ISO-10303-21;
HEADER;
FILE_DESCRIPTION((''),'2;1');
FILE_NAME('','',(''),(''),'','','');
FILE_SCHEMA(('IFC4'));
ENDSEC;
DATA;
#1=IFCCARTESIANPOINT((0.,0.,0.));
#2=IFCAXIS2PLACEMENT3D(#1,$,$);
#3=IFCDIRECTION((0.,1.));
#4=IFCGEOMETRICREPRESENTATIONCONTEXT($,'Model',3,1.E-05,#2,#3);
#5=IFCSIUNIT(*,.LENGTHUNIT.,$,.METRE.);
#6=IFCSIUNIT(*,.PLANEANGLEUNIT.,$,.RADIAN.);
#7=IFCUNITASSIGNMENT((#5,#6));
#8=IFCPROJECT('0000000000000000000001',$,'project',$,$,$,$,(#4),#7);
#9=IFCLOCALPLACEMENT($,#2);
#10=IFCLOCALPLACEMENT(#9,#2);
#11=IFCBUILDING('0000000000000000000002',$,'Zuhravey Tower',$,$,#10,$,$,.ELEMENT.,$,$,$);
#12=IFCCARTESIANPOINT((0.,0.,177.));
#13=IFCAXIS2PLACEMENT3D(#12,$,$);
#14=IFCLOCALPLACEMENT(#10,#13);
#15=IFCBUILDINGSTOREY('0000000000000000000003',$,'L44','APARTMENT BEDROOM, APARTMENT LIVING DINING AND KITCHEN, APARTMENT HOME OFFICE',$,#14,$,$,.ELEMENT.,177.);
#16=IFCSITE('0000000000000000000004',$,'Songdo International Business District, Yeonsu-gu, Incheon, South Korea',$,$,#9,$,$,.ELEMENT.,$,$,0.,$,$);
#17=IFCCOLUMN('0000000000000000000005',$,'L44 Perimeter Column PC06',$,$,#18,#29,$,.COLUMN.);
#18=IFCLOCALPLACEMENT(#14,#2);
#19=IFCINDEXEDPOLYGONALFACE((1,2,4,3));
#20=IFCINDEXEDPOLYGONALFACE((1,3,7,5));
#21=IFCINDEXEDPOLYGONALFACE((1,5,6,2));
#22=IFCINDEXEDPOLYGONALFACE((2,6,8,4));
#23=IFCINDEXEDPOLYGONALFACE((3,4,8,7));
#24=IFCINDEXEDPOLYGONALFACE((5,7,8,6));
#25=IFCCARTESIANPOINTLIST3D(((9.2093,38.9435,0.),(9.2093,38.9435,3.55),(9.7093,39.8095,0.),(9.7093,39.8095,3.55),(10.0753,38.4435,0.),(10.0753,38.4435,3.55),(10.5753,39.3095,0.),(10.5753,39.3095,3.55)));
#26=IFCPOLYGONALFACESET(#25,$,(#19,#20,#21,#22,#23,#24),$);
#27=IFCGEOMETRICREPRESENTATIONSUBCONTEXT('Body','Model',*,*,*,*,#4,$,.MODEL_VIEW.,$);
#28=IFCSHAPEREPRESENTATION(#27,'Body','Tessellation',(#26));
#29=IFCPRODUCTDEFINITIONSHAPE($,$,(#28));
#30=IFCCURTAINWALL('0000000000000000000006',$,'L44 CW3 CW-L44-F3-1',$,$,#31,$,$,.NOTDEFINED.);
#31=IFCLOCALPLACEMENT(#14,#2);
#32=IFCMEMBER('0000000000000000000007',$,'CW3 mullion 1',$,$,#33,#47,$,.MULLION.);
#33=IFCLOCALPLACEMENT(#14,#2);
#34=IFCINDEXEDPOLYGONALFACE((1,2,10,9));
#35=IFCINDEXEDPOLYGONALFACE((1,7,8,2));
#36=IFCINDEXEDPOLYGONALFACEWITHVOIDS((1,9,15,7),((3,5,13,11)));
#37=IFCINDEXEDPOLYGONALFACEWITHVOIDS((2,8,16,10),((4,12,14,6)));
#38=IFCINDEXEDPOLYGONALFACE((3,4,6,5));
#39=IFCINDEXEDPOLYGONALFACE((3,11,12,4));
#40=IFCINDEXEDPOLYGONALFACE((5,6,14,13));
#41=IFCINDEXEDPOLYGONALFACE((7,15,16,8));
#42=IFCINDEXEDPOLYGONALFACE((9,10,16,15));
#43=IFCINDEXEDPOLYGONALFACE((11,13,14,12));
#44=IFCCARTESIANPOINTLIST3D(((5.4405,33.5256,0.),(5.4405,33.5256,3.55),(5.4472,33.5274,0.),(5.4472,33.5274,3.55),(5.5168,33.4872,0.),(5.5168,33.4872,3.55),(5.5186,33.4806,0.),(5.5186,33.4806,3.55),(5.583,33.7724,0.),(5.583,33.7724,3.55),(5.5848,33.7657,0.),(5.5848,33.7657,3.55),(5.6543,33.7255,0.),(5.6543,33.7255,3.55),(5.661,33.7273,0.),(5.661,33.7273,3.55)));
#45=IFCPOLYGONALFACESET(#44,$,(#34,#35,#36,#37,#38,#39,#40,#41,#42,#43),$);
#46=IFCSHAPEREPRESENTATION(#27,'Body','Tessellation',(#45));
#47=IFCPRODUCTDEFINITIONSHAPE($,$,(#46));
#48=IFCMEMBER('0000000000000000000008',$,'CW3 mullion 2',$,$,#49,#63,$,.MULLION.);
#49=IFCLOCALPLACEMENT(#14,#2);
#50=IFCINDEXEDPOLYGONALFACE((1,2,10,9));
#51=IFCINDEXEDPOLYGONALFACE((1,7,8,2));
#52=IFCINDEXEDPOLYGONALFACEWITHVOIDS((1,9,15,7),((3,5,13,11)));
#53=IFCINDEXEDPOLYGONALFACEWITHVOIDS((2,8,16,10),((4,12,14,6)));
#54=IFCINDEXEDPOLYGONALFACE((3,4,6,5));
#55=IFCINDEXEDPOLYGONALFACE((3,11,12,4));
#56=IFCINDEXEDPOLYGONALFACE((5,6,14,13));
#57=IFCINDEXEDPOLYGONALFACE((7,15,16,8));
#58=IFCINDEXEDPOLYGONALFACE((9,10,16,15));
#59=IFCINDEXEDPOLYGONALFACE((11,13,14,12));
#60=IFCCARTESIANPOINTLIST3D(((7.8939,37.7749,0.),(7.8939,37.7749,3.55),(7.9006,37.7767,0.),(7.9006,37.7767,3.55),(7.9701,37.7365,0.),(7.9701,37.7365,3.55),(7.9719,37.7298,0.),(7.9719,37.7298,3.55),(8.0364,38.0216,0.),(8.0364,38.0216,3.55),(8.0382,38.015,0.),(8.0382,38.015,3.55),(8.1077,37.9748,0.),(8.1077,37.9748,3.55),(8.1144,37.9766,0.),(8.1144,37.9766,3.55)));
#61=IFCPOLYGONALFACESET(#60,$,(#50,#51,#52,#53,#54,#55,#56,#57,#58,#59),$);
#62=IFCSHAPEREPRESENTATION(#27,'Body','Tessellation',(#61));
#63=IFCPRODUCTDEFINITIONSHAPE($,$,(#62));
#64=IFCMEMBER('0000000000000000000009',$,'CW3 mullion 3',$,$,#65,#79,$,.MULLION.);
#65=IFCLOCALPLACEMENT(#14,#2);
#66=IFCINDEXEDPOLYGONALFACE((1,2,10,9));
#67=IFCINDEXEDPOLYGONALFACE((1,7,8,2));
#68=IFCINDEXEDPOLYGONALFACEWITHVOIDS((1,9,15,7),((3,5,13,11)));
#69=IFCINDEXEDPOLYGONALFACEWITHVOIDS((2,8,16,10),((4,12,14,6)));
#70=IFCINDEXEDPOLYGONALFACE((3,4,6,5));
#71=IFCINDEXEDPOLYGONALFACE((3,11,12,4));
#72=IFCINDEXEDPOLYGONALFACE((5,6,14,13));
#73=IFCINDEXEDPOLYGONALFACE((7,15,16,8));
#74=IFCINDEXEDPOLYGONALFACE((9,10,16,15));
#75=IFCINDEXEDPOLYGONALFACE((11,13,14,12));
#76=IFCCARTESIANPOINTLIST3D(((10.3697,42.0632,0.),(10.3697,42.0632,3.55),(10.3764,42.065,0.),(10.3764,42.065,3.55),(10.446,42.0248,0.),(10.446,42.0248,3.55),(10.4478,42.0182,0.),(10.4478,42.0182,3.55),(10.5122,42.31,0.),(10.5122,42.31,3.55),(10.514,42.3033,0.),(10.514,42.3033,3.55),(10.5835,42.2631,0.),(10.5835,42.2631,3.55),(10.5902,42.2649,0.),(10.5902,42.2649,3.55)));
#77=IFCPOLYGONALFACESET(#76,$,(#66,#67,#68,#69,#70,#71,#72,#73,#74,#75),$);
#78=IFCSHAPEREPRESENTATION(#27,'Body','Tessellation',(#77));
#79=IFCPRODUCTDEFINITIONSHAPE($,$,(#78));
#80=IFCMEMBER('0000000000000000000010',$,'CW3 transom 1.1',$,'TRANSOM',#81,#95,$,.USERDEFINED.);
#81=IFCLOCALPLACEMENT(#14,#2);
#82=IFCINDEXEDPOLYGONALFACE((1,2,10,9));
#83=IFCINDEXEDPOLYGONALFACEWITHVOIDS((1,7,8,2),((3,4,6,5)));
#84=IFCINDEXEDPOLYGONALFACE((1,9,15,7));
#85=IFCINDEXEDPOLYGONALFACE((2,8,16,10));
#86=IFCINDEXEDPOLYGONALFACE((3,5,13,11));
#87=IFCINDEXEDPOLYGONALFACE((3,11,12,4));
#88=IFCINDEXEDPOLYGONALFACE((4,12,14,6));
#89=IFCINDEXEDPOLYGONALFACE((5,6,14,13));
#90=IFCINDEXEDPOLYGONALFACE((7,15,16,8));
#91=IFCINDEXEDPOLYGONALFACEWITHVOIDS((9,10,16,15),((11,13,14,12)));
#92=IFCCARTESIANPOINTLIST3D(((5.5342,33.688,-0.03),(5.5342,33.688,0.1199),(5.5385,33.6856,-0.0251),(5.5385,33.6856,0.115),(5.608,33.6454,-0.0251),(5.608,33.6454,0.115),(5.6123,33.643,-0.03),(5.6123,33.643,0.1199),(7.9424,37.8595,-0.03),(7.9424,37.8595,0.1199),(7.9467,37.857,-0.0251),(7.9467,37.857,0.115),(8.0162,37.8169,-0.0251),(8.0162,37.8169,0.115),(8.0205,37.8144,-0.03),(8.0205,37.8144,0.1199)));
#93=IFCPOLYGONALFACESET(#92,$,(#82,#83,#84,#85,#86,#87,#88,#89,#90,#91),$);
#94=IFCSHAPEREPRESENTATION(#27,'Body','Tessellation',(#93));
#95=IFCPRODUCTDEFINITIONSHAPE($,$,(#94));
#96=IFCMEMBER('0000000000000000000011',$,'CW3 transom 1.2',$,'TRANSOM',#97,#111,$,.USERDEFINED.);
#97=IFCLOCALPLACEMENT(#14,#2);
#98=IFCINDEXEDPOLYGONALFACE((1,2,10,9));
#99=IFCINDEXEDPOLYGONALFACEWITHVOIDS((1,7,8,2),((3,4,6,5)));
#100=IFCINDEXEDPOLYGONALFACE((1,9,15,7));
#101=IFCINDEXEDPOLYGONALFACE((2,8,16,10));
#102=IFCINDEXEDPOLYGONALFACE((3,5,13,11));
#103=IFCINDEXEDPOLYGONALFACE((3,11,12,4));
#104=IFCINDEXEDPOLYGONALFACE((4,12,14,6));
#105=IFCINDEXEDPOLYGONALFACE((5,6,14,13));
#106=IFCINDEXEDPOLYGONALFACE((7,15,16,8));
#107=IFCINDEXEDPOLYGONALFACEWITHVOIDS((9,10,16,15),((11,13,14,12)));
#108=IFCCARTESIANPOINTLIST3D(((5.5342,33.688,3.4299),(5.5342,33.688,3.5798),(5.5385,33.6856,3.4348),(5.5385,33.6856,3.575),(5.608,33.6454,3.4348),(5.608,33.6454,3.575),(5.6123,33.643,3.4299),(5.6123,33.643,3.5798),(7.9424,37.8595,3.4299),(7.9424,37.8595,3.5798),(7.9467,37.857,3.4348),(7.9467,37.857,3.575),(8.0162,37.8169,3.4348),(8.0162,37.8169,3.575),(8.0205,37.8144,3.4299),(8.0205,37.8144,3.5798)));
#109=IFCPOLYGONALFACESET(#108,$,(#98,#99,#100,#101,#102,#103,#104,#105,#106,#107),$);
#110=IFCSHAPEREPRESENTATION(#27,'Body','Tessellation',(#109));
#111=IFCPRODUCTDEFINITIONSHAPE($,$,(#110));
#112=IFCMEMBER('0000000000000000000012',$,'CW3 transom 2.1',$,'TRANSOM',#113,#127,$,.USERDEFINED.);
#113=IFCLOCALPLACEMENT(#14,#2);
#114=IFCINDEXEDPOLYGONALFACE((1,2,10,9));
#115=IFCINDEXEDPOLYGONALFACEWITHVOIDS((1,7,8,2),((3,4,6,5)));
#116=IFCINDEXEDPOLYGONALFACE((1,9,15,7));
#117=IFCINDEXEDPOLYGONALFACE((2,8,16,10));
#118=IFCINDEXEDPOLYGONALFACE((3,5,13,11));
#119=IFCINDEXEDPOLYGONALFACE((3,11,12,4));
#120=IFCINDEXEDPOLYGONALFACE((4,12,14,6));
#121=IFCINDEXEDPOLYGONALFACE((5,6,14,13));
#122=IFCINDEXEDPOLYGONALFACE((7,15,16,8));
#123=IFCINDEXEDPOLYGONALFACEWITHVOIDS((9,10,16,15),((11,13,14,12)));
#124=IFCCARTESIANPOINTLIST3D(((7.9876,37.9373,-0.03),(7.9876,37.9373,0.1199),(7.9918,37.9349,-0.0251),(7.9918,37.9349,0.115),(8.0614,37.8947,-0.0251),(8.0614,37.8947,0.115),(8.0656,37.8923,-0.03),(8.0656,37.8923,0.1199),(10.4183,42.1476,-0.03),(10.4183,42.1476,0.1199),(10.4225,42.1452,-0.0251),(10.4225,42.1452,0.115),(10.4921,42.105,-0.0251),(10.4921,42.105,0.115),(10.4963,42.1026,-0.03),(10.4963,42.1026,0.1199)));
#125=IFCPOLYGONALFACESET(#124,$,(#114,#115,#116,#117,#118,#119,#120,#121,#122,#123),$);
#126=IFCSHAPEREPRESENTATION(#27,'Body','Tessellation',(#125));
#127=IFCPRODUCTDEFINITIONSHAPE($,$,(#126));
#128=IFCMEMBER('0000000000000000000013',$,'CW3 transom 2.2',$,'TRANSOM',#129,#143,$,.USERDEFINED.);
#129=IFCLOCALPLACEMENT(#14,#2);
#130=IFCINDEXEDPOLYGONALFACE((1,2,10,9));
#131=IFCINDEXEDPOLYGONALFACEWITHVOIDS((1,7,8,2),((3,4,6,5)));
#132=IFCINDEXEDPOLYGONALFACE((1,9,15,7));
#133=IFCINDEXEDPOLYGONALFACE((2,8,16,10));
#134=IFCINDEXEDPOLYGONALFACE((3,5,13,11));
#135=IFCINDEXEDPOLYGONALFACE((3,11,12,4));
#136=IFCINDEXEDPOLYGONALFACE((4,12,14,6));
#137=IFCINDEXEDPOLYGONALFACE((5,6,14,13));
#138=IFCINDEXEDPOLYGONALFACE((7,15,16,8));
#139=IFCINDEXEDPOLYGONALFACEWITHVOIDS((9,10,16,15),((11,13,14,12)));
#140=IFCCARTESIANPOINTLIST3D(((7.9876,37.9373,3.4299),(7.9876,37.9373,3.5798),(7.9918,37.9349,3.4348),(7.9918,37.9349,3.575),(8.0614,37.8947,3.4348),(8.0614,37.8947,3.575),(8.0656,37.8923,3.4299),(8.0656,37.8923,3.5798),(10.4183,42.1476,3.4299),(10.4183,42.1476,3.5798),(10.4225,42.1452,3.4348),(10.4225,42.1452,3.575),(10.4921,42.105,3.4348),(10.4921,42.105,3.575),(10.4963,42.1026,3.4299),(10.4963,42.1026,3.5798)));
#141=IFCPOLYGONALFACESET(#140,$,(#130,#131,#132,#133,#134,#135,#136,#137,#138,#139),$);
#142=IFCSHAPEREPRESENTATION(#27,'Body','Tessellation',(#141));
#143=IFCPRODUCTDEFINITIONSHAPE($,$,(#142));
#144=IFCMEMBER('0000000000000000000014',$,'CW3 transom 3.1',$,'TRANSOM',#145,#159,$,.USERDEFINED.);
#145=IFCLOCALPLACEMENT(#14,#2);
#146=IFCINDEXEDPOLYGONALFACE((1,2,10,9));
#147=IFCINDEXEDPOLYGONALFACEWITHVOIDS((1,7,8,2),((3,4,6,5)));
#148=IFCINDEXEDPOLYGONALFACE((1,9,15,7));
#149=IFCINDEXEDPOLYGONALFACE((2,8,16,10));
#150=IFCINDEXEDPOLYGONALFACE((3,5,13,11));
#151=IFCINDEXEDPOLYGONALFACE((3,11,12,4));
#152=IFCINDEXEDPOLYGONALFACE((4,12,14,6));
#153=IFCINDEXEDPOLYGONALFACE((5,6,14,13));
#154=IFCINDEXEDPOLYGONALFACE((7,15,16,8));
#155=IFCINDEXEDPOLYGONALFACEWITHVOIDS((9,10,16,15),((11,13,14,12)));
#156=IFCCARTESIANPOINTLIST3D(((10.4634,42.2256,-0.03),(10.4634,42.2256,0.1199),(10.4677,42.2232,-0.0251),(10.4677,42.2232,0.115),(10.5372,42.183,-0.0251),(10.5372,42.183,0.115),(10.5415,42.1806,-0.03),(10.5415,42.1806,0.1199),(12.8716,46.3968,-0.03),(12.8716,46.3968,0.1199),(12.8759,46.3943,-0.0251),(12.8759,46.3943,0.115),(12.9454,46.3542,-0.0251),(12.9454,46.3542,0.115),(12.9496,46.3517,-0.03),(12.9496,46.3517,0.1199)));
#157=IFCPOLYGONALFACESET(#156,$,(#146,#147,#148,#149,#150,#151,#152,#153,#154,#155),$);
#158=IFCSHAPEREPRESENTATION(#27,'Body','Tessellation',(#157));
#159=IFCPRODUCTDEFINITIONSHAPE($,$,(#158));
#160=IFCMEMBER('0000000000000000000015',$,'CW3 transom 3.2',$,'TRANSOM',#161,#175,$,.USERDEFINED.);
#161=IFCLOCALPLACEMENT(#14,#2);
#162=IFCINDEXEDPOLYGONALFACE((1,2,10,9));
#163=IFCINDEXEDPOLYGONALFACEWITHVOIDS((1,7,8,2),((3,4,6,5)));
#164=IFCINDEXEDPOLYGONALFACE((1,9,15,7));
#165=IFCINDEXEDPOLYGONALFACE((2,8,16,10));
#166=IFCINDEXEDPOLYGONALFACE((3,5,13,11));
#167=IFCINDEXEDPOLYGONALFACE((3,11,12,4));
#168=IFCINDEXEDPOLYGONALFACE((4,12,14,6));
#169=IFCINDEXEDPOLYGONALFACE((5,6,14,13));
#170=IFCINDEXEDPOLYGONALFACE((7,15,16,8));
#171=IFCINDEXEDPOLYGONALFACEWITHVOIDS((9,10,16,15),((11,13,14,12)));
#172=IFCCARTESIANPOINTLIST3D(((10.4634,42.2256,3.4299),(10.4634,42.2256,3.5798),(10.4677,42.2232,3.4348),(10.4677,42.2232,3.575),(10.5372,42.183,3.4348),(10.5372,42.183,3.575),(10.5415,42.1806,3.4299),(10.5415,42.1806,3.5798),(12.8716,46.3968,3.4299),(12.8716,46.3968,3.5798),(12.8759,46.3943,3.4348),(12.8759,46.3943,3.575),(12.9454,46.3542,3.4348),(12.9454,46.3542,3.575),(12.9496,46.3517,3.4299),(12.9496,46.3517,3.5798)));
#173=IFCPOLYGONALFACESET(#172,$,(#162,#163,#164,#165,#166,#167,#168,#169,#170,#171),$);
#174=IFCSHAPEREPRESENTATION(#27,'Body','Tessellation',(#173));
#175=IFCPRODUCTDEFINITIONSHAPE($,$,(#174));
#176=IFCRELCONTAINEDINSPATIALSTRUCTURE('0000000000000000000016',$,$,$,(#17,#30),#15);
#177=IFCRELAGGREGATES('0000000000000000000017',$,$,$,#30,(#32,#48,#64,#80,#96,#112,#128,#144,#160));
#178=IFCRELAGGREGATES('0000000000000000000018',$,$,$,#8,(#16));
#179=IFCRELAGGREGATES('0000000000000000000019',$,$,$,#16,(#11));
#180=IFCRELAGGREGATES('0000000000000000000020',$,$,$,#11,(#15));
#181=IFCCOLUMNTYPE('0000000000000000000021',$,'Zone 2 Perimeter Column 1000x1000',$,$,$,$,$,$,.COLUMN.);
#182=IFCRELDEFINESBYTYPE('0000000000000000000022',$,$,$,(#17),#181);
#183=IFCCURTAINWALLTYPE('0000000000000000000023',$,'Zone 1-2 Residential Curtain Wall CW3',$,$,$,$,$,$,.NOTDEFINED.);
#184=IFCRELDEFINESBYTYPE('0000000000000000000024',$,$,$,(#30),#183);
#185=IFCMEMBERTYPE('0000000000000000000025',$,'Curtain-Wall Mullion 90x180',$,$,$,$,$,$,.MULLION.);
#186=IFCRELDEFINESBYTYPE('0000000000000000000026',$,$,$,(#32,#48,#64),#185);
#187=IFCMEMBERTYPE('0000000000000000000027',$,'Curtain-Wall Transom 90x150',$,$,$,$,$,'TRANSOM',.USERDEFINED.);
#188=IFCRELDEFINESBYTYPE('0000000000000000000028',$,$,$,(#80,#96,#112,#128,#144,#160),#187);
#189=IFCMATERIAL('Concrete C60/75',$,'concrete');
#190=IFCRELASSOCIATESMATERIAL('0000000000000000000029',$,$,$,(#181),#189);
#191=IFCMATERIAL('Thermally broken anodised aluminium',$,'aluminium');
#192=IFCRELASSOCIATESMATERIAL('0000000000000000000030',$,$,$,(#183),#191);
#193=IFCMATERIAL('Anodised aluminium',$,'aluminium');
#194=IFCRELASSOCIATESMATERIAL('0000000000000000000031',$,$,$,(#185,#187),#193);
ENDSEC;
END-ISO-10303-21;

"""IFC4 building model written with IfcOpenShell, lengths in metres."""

from ifc_helpers import new_model, si_unit, direction, frame, origin, origin_2d, place, context, subcontext, project, spatial, rectangle, hollow_rectangle, extrude, material, material_profile, profile_set, type_object, element, aggregate, save


model = new_model("IFC4")

# Units and contexts
model_context = context("Model", 3, precision=1e-05, world=origin(), true_north=direction((0.0, 1.0)))
body_context = subcontext(model_context, "Body", "Model", "MODEL_VIEW")
ifc_project = project(units=[si_unit("LENGTHUNIT", "METRE"), si_unit("PLANEANGLEUNIT", "RADIAN")], contexts=[model_context])

# Site, building, storey
site_placement = place(None, origin())
site = spatial("IfcSite", under=ifc_project, at=site_placement, Name="Songdo International Business District, Yeonsu-gu, Incheon, South Korea", CompositionType="ELEMENT", RefElevation=0.0)
building_placement = place(site_placement, origin())
building = spatial("IfcBuilding", under=site, at=building_placement, Name="Zuhravey Tower", CompositionType="ELEMENT")
storey_placement = place(building_placement, frame((0.0, 0.0, 177.0)))
storey = spatial("IfcBuildingStorey", under=building, at=storey_placement, Name="L44", Description="APARTMENT BEDROOM, APARTMENT LIVING DINING AND KITCHEN, APARTMENT HOME OFFICE", CompositionType="ELEMENT", Elevation=177.0)

# Column
ifc_material_1 = material(Name="Concrete C60/75", Category="concrete")
ifc_material_profile_1 = material_profile(ifc_material_1, rectangle(XDim=1.0, YDim=1.0, at=origin_2d()), Name="RC-1000x1000")
ifc_profile_set_1 = profile_set([ifc_material_profile_1], Name="Concrete C60/75")
column_type = type_object("IfcColumnType", Name="Zone 2 Perimeter Column 1000x1000", PredefinedType="COLUMN", material=ifc_profile_set_1)
column_placement = place(storey_placement, frame((9.8923, 39.1265, 0.0), z_axis=(0.0, 0.0, 1.0), x_axis=(-0.5, -0.866025, 0.0)))
element("IfcColumn", 1, at=column_placement, inside=storey, type_object=column_type, Name="L44 Perimeter Column PC06", PredefinedType="COLUMN", context=body_context, shape_type="SweptSolid", body=[
    extrude(rectangle(XDim=1.0, YDim=1.0, at=origin_2d()), origin(), (0.0, 0.0, 1.0), 3.55),
])

# Curtain wall, members
ifc_material_2 = material(Name="Thermally broken anodised aluminium", Category="aluminium")
curtain_wall_type = type_object("IfcCurtainWallType", Name="Zone 1-2 Residential Curtain Wall CW3", PredefinedType="NOTDEFINED", material=ifc_material_2)
curtain_wall_placement = place(storey_placement, origin())
curtain_wall = element("IfcCurtainWall", 2, at=curtain_wall_placement, inside=storey, type_object=curtain_wall_type, Name="L44 CW3 CW-L44-F3-1", PredefinedType="NOTDEFINED")
ifc_material_3 = material(Name="Anodised aluminium", Category="aluminium")
ifc_material_profile_2 = material_profile(ifc_material_3, hollow_rectangle(XDim=0.0901, YDim=0.2849, WallThickness=0.0049, at=origin_2d()), Name="ALU-RHS-90x285x5")
ifc_profile_set_2 = profile_set([ifc_material_profile_2], Name="Anodised aluminium")
member_type_1 = type_object("IfcMemberType", Name="Curtain-Wall Mullion 90x180", PredefinedType="MULLION", material=ifc_profile_set_2)
member_1_placement = place(storey_placement, frame((5.5508, 33.6265, 0.0), z_axis=(0.0, 0.0, 1.0), x_axis=(-0.866025, 0.5, 0.0)))
member_1 = element("IfcMember", 3, at=member_1_placement, type_object=member_type_1, Name="CW3 mullion 1", PredefinedType="MULLION", context=body_context, shape_type="SweptSolid", body=[
    extrude(hollow_rectangle(XDim=0.0901, YDim=0.2849, WallThickness=0.0049, at=origin_2d()), origin(), (0.0, 0.0, 1.0), 3.55),
])
member_2_placement = place(storey_placement, frame((8.0042, 37.8757, 0.0), z_axis=(0.0, 0.0, 1.0), x_axis=(-0.866025, 0.5, 0.0)))
member_2 = element("IfcMember", 4, at=member_2_placement, type_object=member_type_1, Name="CW3 mullion 2", PredefinedType="MULLION", context=body_context, shape_type="SweptSolid", body=[
    extrude(hollow_rectangle(XDim=0.0901, YDim=0.2849, WallThickness=0.0049, at=origin_2d()), origin(), (0.0, 0.0, 1.0), 3.55),
])
member_3_placement = place(storey_placement, frame((10.48, 42.1641, 0.0), z_axis=(0.0, 0.0, 1.0), x_axis=(-0.866025, 0.5, 0.0)))
member_3 = element("IfcMember", 5, at=member_3_placement, type_object=member_type_1, Name="CW3 mullion 3", PredefinedType="MULLION", context=body_context, shape_type="SweptSolid", body=[
    extrude(hollow_rectangle(XDim=0.0901, YDim=0.2849, WallThickness=0.0049, at=origin_2d()), origin(), (0.0, 0.0, 1.0), 3.55),
])
ifc_material_profile_3 = material_profile(ifc_material_3, hollow_rectangle(XDim=0.0901, YDim=0.1499, WallThickness=0.0049, at=origin_2d()), Name="ALU-RHS-90x150x5")
ifc_profile_set_3 = profile_set([ifc_material_profile_3], Name="Anodised aluminium")
member_type_2 = type_object("IfcMemberType", Name="Curtain-Wall Transom 90x150", ElementType="TRANSOM", PredefinedType="USERDEFINED", material=ifc_profile_set_3)
member_4_placement = place(storey_placement, frame((5.5732, 33.6655, 0.0449), z_axis=(0.499977, 0.866039, 0.0), x_axis=(-0.866039, 0.499977, 0.0)))
member_4 = element("IfcMember", 6, at=member_4_placement, type_object=member_type_2, Name="CW3 transom 1.1", ObjectType="TRANSOM", PredefinedType="USERDEFINED", context=body_context, shape_type="SweptSolid", body=[
    extrude(hollow_rectangle(XDim=0.0901, YDim=0.1499, WallThickness=0.0049, at=origin_2d()), origin(), (0.0, 0.0, 1.0), 4.8167),
])
member_5_placement = place(storey_placement, frame((5.5732, 33.6655, 3.5049), z_axis=(0.499977, 0.866039, 0.0), x_axis=(-0.866039, 0.499977, 0.0)))
member_5 = element("IfcMember", 7, at=member_5_placement, type_object=member_type_2, Name="CW3 transom 1.2", ObjectType="TRANSOM", PredefinedType="USERDEFINED", context=body_context, shape_type="SweptSolid", body=[
    extrude(hollow_rectangle(XDim=0.0901, YDim=0.1499, WallThickness=0.0049, at=origin_2d()), origin(), (0.0, 0.0, 1.0), 4.8167),
])
member_6_placement = place(storey_placement, frame((8.0266, 37.9148, 0.0449), z_axis=(0.499985, 0.866034, 0.0), x_axis=(-0.866034, 0.499985, 0.0)))
member_6 = element("IfcMember", 8, at=member_6_placement, type_object=member_type_2, Name="CW3 transom 2.1", ObjectType="TRANSOM", PredefinedType="USERDEFINED", context=body_context, shape_type="SweptSolid", body=[
    extrude(hollow_rectangle(XDim=0.0901, YDim=0.1499, WallThickness=0.0049, at=origin_2d()), origin(), (0.0, 0.0, 1.0), 4.8616),
])
member_7_placement = place(storey_placement, frame((8.0266, 37.9148, 3.5049), z_axis=(0.499985, 0.866034, 0.0), x_axis=(-0.866034, 0.499985, 0.0)))
member_7 = element("IfcMember", 9, at=member_7_placement, type_object=member_type_2, Name="CW3 transom 2.2", ObjectType="TRANSOM", PredefinedType="USERDEFINED", context=body_context, shape_type="SweptSolid", body=[
    extrude(hollow_rectangle(XDim=0.0901, YDim=0.1499, WallThickness=0.0049, at=origin_2d()), origin(), (0.0, 0.0, 1.0), 4.8616),
])
member_8_placement = place(storey_placement, frame((10.5024, 42.2031, 0.0449), z_axis=(0.499999, 0.866026, 0.0), x_axis=(-0.866026, 0.499999, 0.0)))
member_8 = element("IfcMember", 10, at=member_8_placement, type_object=member_type_2, Name="CW3 transom 3.1", ObjectType="TRANSOM", PredefinedType="USERDEFINED", context=body_context, shape_type="SweptSolid", body=[
    extrude(hollow_rectangle(XDim=0.0901, YDim=0.1499, WallThickness=0.0049, at=origin_2d()), origin(), (0.0, 0.0, 1.0), 4.8164),
])
member_9_placement = place(storey_placement, frame((10.5024, 42.2031, 3.5049), z_axis=(0.499999, 0.866026, 0.0), x_axis=(-0.866026, 0.499999, 0.0)))
member_9 = element("IfcMember", 11, at=member_9_placement, type_object=member_type_2, Name="CW3 transom 3.2", ObjectType="TRANSOM", PredefinedType="USERDEFINED", context=body_context, shape_type="SweptSolid", body=[
    extrude(hollow_rectangle(XDim=0.0901, YDim=0.1499, WallThickness=0.0049, at=origin_2d()), origin(), (0.0, 0.0, 1.0), 4.8164),
])

aggregate(curtain_wall, [member_1, member_2, member_3, member_4, member_5, member_6, member_7, member_8, member_9])

save(model, "model.ifc")
